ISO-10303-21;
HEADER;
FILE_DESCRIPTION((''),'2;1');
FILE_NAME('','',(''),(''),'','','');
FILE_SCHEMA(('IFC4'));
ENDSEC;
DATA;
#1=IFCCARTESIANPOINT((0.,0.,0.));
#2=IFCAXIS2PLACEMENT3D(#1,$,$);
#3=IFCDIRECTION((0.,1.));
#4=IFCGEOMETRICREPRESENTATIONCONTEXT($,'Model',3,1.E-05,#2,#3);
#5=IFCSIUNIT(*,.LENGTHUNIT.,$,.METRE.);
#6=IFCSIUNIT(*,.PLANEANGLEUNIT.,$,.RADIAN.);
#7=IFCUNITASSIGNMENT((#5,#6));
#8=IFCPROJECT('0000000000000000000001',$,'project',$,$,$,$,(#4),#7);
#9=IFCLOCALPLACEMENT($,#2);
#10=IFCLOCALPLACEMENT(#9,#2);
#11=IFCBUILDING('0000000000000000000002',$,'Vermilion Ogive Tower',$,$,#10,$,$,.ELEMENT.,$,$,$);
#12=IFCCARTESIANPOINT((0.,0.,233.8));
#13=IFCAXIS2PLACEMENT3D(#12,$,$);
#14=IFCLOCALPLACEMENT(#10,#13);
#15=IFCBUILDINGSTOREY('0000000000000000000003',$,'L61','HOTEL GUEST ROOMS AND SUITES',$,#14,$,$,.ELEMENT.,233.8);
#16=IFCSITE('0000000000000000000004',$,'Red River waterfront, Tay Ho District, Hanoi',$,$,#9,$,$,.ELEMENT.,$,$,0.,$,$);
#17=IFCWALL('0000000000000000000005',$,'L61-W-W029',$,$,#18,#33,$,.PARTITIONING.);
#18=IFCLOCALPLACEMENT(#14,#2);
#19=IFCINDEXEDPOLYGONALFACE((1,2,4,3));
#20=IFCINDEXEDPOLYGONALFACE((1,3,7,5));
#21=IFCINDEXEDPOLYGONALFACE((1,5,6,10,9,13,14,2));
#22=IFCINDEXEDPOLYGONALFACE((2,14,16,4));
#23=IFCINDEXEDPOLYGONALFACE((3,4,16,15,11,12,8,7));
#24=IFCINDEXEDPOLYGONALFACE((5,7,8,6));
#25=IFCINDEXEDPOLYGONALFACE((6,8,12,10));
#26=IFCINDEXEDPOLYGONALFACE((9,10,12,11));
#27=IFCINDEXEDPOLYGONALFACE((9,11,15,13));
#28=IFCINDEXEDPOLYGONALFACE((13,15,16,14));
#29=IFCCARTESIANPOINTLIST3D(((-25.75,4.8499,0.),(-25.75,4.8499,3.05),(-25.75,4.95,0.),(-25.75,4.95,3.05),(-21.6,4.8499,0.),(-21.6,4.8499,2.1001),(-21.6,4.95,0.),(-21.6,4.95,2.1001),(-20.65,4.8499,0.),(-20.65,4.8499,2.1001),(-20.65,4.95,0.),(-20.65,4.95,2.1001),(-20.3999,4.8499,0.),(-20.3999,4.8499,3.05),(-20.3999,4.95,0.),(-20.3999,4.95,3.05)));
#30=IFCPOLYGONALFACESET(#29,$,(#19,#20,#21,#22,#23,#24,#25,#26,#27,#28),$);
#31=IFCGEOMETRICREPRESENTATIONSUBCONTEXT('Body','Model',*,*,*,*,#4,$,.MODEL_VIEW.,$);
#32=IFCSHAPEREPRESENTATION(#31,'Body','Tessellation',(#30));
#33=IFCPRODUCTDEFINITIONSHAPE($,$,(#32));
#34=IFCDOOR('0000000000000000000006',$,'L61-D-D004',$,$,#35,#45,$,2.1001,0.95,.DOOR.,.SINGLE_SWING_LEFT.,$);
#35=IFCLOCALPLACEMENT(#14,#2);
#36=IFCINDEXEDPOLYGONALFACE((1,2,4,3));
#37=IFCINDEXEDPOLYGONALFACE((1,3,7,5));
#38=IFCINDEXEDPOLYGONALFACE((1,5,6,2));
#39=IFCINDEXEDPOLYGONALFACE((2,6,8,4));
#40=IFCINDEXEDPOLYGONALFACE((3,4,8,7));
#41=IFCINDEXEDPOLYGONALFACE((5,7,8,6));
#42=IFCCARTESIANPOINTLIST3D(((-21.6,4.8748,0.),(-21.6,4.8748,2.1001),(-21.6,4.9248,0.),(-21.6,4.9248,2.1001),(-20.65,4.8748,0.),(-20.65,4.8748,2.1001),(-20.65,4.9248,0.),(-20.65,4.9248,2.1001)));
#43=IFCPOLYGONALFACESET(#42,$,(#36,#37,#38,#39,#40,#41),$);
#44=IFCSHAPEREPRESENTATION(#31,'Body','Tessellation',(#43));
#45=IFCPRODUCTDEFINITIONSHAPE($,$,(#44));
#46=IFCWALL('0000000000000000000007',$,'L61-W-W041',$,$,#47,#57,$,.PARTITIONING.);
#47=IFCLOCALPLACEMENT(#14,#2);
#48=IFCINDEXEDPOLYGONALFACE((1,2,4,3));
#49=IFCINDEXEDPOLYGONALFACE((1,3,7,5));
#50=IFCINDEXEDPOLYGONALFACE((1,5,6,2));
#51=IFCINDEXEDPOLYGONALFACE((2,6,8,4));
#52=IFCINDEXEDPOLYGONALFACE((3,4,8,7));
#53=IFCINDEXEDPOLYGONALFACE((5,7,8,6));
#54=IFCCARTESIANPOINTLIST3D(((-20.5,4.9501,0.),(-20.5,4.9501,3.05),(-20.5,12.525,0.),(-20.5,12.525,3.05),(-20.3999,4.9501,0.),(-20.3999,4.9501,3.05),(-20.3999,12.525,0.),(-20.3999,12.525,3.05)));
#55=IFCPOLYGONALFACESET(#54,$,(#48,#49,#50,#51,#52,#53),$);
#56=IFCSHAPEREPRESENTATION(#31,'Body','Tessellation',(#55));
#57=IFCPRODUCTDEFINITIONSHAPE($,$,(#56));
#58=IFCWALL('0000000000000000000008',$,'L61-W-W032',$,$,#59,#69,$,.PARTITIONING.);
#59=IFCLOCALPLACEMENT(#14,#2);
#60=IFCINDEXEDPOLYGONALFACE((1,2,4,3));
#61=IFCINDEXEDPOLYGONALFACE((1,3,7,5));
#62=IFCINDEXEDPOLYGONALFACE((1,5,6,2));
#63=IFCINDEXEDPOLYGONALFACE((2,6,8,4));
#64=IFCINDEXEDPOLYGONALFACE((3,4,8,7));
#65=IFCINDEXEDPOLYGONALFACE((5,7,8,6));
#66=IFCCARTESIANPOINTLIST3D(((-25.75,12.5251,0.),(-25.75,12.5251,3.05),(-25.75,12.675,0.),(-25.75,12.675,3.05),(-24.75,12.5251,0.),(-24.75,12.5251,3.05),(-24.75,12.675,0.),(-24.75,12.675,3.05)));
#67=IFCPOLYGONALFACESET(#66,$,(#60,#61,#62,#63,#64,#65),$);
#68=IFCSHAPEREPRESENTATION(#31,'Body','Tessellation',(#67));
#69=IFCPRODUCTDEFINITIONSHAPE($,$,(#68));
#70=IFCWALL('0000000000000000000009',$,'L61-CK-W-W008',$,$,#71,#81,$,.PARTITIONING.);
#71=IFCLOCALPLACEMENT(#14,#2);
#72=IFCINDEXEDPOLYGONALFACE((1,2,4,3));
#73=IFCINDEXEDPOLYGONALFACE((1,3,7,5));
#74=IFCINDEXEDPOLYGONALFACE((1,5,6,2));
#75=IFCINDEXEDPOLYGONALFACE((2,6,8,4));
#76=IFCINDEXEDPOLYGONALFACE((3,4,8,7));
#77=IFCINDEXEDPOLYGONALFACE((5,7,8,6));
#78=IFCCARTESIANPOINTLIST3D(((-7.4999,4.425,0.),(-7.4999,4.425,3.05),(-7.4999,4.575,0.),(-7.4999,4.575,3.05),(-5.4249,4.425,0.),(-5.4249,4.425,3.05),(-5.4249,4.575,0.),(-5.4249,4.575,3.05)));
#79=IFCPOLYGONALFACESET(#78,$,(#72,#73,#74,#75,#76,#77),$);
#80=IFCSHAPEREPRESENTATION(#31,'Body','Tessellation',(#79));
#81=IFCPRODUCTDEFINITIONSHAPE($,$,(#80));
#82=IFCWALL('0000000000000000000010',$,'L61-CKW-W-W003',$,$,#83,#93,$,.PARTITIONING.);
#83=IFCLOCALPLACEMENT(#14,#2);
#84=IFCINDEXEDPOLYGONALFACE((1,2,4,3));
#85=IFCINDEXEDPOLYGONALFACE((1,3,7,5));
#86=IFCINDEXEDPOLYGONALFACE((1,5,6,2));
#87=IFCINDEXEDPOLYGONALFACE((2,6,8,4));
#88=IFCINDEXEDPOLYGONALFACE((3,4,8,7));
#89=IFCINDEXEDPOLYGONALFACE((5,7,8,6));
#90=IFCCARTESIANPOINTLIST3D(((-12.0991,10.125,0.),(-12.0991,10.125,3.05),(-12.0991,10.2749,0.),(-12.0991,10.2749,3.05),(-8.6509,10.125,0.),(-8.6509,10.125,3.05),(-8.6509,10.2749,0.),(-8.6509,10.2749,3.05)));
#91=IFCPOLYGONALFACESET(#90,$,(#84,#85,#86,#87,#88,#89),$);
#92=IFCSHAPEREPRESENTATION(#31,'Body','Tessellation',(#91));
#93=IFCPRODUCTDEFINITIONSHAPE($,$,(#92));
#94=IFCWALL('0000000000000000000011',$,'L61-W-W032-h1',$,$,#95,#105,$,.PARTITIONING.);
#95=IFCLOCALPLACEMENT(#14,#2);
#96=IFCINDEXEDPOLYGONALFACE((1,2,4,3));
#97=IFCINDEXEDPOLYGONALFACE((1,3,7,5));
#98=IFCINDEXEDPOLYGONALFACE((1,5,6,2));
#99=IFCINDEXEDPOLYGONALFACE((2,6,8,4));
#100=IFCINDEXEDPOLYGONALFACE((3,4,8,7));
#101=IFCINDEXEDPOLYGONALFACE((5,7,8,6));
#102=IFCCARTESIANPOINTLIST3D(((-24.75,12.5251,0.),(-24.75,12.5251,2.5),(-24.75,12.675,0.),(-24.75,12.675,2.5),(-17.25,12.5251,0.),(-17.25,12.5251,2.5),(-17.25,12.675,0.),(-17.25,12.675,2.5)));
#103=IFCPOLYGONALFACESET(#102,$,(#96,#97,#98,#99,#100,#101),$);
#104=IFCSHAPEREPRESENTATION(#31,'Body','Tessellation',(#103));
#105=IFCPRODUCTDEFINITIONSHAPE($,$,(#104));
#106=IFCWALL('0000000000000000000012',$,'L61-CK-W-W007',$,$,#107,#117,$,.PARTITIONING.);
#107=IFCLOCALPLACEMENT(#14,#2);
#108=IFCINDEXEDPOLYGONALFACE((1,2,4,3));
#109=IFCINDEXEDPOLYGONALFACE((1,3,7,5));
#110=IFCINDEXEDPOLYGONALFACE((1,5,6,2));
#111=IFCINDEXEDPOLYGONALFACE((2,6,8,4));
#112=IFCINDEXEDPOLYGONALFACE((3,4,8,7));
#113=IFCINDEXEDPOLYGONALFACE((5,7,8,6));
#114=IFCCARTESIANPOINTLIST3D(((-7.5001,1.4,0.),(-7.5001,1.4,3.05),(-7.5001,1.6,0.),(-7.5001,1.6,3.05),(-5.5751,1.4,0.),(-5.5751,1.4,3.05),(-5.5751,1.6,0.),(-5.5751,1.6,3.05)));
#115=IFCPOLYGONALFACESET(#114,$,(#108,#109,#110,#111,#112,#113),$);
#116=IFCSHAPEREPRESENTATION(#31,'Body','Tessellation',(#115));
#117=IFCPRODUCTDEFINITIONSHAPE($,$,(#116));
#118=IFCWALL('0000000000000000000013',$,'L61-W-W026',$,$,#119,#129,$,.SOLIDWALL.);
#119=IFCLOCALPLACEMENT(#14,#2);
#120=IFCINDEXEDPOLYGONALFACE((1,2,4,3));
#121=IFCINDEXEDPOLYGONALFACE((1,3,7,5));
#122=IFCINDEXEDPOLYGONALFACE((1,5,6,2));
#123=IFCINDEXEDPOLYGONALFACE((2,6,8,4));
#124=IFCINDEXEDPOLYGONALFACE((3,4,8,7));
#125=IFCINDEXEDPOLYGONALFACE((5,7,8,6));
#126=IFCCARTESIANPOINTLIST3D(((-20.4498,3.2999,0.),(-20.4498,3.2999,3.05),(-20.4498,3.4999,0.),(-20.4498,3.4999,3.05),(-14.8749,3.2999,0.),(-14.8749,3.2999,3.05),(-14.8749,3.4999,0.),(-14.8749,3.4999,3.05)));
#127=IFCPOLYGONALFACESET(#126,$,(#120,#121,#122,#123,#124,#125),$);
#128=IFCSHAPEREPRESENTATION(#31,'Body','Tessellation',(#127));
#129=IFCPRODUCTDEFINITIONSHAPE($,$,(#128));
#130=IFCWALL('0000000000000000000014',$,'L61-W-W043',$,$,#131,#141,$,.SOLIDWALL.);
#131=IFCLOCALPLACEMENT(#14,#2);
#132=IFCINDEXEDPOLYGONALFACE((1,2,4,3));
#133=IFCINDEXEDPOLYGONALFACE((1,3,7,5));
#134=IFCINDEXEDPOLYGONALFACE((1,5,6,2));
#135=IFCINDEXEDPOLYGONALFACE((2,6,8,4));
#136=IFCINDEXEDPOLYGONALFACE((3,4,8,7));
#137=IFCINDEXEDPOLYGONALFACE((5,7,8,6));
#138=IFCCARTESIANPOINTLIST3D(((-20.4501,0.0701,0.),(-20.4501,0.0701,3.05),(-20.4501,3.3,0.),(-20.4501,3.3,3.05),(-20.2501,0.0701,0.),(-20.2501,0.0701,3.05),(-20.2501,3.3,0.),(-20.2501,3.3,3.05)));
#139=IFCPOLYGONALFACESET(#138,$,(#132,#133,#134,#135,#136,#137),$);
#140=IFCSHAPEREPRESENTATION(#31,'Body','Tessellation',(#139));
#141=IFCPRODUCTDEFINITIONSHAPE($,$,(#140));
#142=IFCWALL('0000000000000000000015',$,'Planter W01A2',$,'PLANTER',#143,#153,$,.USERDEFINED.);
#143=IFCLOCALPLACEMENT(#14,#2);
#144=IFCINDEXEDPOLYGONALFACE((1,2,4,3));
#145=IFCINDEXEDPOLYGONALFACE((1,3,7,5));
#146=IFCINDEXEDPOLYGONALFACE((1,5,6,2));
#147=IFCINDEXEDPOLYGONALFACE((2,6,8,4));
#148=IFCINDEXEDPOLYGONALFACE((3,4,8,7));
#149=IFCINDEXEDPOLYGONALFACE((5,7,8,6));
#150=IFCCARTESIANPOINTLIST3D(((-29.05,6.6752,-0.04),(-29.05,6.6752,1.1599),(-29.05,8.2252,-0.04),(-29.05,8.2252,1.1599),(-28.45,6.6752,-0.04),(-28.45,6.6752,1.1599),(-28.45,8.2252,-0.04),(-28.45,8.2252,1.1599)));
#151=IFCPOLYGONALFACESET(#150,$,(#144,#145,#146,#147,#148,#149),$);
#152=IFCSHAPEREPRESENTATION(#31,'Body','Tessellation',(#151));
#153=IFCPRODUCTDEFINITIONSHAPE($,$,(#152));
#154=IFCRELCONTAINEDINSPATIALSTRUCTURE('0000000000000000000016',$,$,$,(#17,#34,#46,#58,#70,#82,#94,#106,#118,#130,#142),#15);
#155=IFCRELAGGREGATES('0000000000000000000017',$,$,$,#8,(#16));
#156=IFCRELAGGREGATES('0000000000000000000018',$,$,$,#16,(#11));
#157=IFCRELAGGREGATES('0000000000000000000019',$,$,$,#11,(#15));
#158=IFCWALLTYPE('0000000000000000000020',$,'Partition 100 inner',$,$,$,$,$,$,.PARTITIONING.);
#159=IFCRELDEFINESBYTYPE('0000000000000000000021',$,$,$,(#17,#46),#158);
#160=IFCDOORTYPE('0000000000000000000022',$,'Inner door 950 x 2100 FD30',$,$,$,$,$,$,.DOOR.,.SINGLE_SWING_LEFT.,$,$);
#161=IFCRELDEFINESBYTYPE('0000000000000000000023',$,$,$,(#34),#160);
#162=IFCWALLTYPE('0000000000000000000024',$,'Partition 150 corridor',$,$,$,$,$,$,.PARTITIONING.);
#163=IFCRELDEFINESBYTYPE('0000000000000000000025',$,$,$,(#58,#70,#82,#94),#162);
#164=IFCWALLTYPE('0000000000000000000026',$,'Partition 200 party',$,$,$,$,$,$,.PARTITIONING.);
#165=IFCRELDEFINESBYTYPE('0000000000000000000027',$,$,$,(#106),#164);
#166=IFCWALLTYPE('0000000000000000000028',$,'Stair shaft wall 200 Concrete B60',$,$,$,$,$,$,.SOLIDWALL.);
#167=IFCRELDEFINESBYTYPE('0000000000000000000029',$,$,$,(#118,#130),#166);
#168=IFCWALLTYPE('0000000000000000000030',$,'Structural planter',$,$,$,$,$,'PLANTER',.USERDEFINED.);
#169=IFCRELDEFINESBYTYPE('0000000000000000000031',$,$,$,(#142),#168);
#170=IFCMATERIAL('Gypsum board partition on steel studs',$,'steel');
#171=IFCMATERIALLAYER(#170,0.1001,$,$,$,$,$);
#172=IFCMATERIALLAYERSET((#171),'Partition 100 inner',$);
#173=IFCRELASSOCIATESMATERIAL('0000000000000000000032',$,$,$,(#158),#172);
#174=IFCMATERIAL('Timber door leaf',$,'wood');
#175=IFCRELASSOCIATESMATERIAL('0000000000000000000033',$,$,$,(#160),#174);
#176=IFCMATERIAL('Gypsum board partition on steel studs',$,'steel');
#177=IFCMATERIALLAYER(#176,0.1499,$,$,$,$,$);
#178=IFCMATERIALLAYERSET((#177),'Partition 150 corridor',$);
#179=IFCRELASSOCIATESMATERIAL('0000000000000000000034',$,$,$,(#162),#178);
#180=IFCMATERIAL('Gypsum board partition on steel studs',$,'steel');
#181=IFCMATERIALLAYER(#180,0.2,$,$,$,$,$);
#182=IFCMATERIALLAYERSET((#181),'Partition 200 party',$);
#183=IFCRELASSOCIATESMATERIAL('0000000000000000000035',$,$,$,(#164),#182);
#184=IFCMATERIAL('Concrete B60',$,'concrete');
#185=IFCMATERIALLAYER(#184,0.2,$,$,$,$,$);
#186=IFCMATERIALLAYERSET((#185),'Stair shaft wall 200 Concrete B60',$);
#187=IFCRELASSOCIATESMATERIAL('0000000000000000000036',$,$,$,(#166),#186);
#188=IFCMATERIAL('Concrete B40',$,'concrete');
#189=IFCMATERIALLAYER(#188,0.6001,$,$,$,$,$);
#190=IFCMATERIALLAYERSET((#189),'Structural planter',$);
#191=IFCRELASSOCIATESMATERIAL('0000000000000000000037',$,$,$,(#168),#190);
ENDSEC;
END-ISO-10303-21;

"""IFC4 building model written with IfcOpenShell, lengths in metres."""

from ifc_helpers import new_model, si_unit, direction, frame, frame_2d, origin, place, context, subcontext, project, spatial, rectangle, extrude, material, layer, layer_set, type_object, element, fill, save


model = new_model("IFC4")

# Units and contexts
model_context = context("Model", 3, precision=1e-05, world=origin(), true_north=direction((0.0, 1.0)))
body_context = subcontext(model_context, "Body", "Model", "MODEL_VIEW")
ifc_project = project(units=[si_unit("LENGTHUNIT", "METRE"), si_unit("PLANEANGLEUNIT", "RADIAN")], contexts=[model_context])

# Site, building, storey
site_placement = place(None, origin())
site = spatial("IfcSite", under=ifc_project, at=site_placement, Name="Red River waterfront, Tay Ho District, Hanoi", CompositionType="ELEMENT", RefElevation=0.0)
building_placement = place(site_placement, origin())
building = spatial("IfcBuilding", under=site, at=building_placement, Name="Vermilion Ogive Tower", CompositionType="ELEMENT")
storey_placement = place(building_placement, frame((0.0, 0.0, 233.8)))
storey = spatial("IfcBuildingStorey", under=building, at=storey_placement, Name="L61", Description="HOTEL GUEST ROOMS AND SUITES", CompositionType="ELEMENT", Elevation=233.8)

# Wall, opening, door
ifc_material_1 = material(Name="Gypsum board partition on steel studs", Category="steel")
ifc_layer_1 = layer(ifc_material_1, 0.1001)
ifc_layer_set_1 = layer_set([ifc_layer_1], Name="Partition 100 inner")
wall_type_1 = type_object("IfcWallType", Name="Partition 100 inner", PredefinedType="PARTITIONING", material=ifc_layer_set_1)
ifc_material_2 = material(Name="Timber door leaf", Category="wood")
door_type_1 = type_object("IfcDoorType", Name="Inner door 950 x 2100 FD30", OperationType="SINGLE_SWING_LEFT", PredefinedType="DOOR", material=ifc_material_2)
wall_1_placement = place(storey_placement, frame((-25.75, 4.8999, 0.0), z_axis=(0.0, 0.0, 1.0), x_axis=(1.0, 0.0, 0.0)))
wall_1 = element("IfcWall", 1, at=wall_1_placement, inside=storey, type_object=wall_type_1, Name="L61-W-W029", PredefinedType="PARTITIONING", context=body_context, shape_type="SweptSolid", body=[
    extrude(rectangle(XDim=5.3501, YDim=0.1001, at=frame_2d((2.675, 0.0))), origin(), (0.0, 0.0, 1.0), 3.05),
])
opening_1_placement = place(wall_1_placement, frame((4.1499, 0.0, 0.0)))
opening_1 = element("IfcOpeningElement", 2, at=opening_1_placement, cuts=wall_1, PredefinedType="OPENING", context=body_context, shape_type="SweptSolid", body=[
    extrude(rectangle(XDim=0.95, YDim=2.1001, at=frame_2d((0.4751, 1.05))), frame((0.0, 0.0601, 0.0), z_axis=(0.0, -1.0, 0.0), x_axis=(1.0, 0.0, 0.0)), (0.0, 0.0, 1.0), 0.1201),
])
door_1_placement = place(opening_1_placement, origin())
door_1 = element("IfcDoor", 3, at=door_1_placement, inside=storey, type_object=door_type_1, Name="L61-D-D004", OperationType="SINGLE_SWING_LEFT", OverallHeight=2.1001, OverallWidth=0.95, PredefinedType="DOOR", context=body_context, shape_type="SweptSolid", body=[
    extrude(rectangle(XDim=0.95, YDim=2.1001, at=frame_2d((0.4751, 1.05))), frame((0.0, 0.0249, 0.0), z_axis=(0.0, -1.0, 0.0), x_axis=(1.0, 0.0, 0.0)), (0.0, 0.0, 1.0), 0.05),
])
fill(opening_1, door_1)

# Walls
wall_2_placement = place(storey_placement, frame((-20.45, 4.95, 0.0), z_axis=(0.0, 0.0, 1.0), x_axis=(0.0, 1.0, 0.0)))
element("IfcWall", 4, at=wall_2_placement, inside=storey, type_object=wall_type_1, Name="L61-W-W041", PredefinedType="PARTITIONING", context=body_context, shape_type="SweptSolid", body=[
    extrude(rectangle(XDim=7.575, YDim=0.1001, at=frame_2d((3.7876, 0.0))), origin(), (0.0, 0.0, 1.0), 3.05),
])
ifc_material_3 = material(Name="Gypsum board partition on steel studs", Category="steel")
ifc_layer_2 = layer(ifc_material_3, 0.1499)
ifc_layer_set_2 = layer_set([ifc_layer_2], Name="Partition 150 corridor")
wall_type_2 = type_object("IfcWallType", Name="Partition 150 corridor", PredefinedType="PARTITIONING", material=ifc_layer_set_2)
wall_3_placement = place(storey_placement, frame((-25.75, 12.6001, 0.0), z_axis=(0.0, 0.0, 1.0), x_axis=(1.0, 0.0, 0.0)))
element("IfcWall", 5, at=wall_3_placement, inside=storey, type_object=wall_type_2, Name="L61-W-W032", PredefinedType="PARTITIONING", context=body_context, shape_type="SweptSolid", body=[
    extrude(rectangle(XDim=1.0, YDim=0.1499, at=frame_2d((0.5, 0.0))), origin(), (0.0, 0.0, 1.0), 3.05),
])
wall_4_placement = place(storey_placement, frame((-7.5, 4.5, 0.0), z_axis=(0.0, 0.0, 1.0), x_axis=(1.0, 0.0, 0.0)))
element("IfcWall", 6, at=wall_4_placement, inside=storey, type_object=wall_type_2, Name="L61-CK-W-W008", PredefinedType="PARTITIONING", context=body_context, shape_type="SweptSolid", body=[
    extrude(rectangle(XDim=2.075, YDim=0.1499, at=frame_2d((1.0376, 0.0))), origin(), (0.0, 0.0, 1.0), 3.05),
])
wall_5_placement = place(storey_placement, frame((-12.0991, 10.2, 0.0), z_axis=(0.0, 0.0, 1.0), x_axis=(1.0, 0.0, 0.0)))
element("IfcWall", 7, at=wall_5_placement, inside=storey, type_object=wall_type_2, Name="L61-CKW-W-W003", PredefinedType="PARTITIONING", context=body_context, shape_type="SweptSolid", body=[
    extrude(rectangle(XDim=3.4482, YDim=0.1499, at=frame_2d((1.7241, 0.0))), origin(), (0.0, 0.0, 1.0), 3.05),
])
wall_6_placement = place(storey_placement, frame((-24.75, 12.6001, 0.0), z_axis=(0.0, 0.0, 1.0), x_axis=(1.0, 0.0, 0.0)))
element("IfcWall", 8, at=wall_6_placement, inside=storey, type_object=wall_type_2, Name="L61-W-W032-h1", PredefinedType="PARTITIONING", context=body_context, shape_type="SweptSolid", body=[
    extrude(rectangle(XDim=7.5, YDim=0.1499, at=frame_2d((3.75, 0.0))), origin(), (0.0, 0.0, 1.0), 2.5),
])
ifc_material_4 = material(Name="Gypsum board partition on steel studs", Category="steel")
ifc_layer_3 = layer(ifc_material_4, 0.2)
ifc_layer_set_3 = layer_set([ifc_layer_3], Name="Partition 200 party")
wall_type_3 = type_object("IfcWallType", Name="Partition 200 party", PredefinedType="PARTITIONING", material=ifc_layer_set_3)
wall_7_placement = place(storey_placement, frame((-7.5, 1.5, 0.0), z_axis=(0.0, 0.0, 1.0), x_axis=(1.0, 0.0, 0.0)))
element("IfcWall", 9, at=wall_7_placement, inside=storey, type_object=wall_type_3, Name="L61-CK-W-W007", PredefinedType="PARTITIONING", context=body_context, shape_type="SweptSolid", body=[
    extrude(rectangle(XDim=1.925, YDim=0.2, at=frame_2d((0.9624, 0.0))), origin(), (0.0, 0.0, 1.0), 3.05),
])
ifc_material_5 = material(Name="Concrete B60", Category="concrete")
ifc_layer_4 = layer(ifc_material_5, 0.2)
ifc_layer_set_4 = layer_set([ifc_layer_4], Name="Stair shaft wall 200 Concrete B60")
wall_type_4 = type_object("IfcWallType", Name="Stair shaft wall 200 Concrete B60", PredefinedType="SOLIDWALL", material=ifc_layer_set_4)
wall_8_placement = place(storey_placement, frame((-20.45, 3.3999, 0.0), z_axis=(0.0, 0.0, 1.0), x_axis=(1.0, 0.0, 0.0)))
element("IfcWall", 10, at=wall_8_placement, inside=storey, type_object=wall_type_4, Name="L61-W-W026", PredefinedType="SOLIDWALL", context=body_context, shape_type="SweptSolid", body=[
    extrude(rectangle(XDim=5.575, YDim=0.2, at=frame_2d((2.7876, 0.0))), origin(), (0.0, 0.0, 1.0), 3.05),
])
wall_9_placement = place(storey_placement, frame((-20.3501, 0.0701, 0.0), z_axis=(0.0, 0.0, 1.0), x_axis=(0.0, 1.0, 0.0)))
element("IfcWall", 11, at=wall_9_placement, inside=storey, type_object=wall_type_4, Name="L61-W-W043", PredefinedType="SOLIDWALL", context=body_context, shape_type="SweptSolid", body=[
    extrude(rectangle(XDim=3.23, YDim=0.2, at=frame_2d((1.615, 0.0))), origin(), (0.0, 0.0, 1.0), 3.05),
])
ifc_material_6 = material(Name="Concrete B40", Category="concrete")
ifc_layer_5 = layer(ifc_material_6, 0.6001)
ifc_layer_set_5 = layer_set([ifc_layer_5], Name="Structural planter")
wall_type_5 = type_object("IfcWallType", Name="Structural planter", ElementType="PLANTER", PredefinedType="USERDEFINED", material=ifc_layer_set_5)
wall_10_placement = place(storey_placement, frame((-28.75, 8.2251, -0.04), z_axis=(0.0, 0.0, 1.0), x_axis=(0.0, -1.0, 0.0)))
element("IfcWall", 12, at=wall_10_placement, inside=storey, type_object=wall_type_5, Name="Planter W01A2", ObjectType="PLANTER", PredefinedType="USERDEFINED", context=body_context, shape_type="SweptSolid", body=[
    extrude(rectangle(XDim=1.55, YDim=0.6001, at=frame_2d((0.7749, 0.0))), origin(), (0.0, 0.0, 1.0), 1.2),
])

save(model, "model.ifc")
